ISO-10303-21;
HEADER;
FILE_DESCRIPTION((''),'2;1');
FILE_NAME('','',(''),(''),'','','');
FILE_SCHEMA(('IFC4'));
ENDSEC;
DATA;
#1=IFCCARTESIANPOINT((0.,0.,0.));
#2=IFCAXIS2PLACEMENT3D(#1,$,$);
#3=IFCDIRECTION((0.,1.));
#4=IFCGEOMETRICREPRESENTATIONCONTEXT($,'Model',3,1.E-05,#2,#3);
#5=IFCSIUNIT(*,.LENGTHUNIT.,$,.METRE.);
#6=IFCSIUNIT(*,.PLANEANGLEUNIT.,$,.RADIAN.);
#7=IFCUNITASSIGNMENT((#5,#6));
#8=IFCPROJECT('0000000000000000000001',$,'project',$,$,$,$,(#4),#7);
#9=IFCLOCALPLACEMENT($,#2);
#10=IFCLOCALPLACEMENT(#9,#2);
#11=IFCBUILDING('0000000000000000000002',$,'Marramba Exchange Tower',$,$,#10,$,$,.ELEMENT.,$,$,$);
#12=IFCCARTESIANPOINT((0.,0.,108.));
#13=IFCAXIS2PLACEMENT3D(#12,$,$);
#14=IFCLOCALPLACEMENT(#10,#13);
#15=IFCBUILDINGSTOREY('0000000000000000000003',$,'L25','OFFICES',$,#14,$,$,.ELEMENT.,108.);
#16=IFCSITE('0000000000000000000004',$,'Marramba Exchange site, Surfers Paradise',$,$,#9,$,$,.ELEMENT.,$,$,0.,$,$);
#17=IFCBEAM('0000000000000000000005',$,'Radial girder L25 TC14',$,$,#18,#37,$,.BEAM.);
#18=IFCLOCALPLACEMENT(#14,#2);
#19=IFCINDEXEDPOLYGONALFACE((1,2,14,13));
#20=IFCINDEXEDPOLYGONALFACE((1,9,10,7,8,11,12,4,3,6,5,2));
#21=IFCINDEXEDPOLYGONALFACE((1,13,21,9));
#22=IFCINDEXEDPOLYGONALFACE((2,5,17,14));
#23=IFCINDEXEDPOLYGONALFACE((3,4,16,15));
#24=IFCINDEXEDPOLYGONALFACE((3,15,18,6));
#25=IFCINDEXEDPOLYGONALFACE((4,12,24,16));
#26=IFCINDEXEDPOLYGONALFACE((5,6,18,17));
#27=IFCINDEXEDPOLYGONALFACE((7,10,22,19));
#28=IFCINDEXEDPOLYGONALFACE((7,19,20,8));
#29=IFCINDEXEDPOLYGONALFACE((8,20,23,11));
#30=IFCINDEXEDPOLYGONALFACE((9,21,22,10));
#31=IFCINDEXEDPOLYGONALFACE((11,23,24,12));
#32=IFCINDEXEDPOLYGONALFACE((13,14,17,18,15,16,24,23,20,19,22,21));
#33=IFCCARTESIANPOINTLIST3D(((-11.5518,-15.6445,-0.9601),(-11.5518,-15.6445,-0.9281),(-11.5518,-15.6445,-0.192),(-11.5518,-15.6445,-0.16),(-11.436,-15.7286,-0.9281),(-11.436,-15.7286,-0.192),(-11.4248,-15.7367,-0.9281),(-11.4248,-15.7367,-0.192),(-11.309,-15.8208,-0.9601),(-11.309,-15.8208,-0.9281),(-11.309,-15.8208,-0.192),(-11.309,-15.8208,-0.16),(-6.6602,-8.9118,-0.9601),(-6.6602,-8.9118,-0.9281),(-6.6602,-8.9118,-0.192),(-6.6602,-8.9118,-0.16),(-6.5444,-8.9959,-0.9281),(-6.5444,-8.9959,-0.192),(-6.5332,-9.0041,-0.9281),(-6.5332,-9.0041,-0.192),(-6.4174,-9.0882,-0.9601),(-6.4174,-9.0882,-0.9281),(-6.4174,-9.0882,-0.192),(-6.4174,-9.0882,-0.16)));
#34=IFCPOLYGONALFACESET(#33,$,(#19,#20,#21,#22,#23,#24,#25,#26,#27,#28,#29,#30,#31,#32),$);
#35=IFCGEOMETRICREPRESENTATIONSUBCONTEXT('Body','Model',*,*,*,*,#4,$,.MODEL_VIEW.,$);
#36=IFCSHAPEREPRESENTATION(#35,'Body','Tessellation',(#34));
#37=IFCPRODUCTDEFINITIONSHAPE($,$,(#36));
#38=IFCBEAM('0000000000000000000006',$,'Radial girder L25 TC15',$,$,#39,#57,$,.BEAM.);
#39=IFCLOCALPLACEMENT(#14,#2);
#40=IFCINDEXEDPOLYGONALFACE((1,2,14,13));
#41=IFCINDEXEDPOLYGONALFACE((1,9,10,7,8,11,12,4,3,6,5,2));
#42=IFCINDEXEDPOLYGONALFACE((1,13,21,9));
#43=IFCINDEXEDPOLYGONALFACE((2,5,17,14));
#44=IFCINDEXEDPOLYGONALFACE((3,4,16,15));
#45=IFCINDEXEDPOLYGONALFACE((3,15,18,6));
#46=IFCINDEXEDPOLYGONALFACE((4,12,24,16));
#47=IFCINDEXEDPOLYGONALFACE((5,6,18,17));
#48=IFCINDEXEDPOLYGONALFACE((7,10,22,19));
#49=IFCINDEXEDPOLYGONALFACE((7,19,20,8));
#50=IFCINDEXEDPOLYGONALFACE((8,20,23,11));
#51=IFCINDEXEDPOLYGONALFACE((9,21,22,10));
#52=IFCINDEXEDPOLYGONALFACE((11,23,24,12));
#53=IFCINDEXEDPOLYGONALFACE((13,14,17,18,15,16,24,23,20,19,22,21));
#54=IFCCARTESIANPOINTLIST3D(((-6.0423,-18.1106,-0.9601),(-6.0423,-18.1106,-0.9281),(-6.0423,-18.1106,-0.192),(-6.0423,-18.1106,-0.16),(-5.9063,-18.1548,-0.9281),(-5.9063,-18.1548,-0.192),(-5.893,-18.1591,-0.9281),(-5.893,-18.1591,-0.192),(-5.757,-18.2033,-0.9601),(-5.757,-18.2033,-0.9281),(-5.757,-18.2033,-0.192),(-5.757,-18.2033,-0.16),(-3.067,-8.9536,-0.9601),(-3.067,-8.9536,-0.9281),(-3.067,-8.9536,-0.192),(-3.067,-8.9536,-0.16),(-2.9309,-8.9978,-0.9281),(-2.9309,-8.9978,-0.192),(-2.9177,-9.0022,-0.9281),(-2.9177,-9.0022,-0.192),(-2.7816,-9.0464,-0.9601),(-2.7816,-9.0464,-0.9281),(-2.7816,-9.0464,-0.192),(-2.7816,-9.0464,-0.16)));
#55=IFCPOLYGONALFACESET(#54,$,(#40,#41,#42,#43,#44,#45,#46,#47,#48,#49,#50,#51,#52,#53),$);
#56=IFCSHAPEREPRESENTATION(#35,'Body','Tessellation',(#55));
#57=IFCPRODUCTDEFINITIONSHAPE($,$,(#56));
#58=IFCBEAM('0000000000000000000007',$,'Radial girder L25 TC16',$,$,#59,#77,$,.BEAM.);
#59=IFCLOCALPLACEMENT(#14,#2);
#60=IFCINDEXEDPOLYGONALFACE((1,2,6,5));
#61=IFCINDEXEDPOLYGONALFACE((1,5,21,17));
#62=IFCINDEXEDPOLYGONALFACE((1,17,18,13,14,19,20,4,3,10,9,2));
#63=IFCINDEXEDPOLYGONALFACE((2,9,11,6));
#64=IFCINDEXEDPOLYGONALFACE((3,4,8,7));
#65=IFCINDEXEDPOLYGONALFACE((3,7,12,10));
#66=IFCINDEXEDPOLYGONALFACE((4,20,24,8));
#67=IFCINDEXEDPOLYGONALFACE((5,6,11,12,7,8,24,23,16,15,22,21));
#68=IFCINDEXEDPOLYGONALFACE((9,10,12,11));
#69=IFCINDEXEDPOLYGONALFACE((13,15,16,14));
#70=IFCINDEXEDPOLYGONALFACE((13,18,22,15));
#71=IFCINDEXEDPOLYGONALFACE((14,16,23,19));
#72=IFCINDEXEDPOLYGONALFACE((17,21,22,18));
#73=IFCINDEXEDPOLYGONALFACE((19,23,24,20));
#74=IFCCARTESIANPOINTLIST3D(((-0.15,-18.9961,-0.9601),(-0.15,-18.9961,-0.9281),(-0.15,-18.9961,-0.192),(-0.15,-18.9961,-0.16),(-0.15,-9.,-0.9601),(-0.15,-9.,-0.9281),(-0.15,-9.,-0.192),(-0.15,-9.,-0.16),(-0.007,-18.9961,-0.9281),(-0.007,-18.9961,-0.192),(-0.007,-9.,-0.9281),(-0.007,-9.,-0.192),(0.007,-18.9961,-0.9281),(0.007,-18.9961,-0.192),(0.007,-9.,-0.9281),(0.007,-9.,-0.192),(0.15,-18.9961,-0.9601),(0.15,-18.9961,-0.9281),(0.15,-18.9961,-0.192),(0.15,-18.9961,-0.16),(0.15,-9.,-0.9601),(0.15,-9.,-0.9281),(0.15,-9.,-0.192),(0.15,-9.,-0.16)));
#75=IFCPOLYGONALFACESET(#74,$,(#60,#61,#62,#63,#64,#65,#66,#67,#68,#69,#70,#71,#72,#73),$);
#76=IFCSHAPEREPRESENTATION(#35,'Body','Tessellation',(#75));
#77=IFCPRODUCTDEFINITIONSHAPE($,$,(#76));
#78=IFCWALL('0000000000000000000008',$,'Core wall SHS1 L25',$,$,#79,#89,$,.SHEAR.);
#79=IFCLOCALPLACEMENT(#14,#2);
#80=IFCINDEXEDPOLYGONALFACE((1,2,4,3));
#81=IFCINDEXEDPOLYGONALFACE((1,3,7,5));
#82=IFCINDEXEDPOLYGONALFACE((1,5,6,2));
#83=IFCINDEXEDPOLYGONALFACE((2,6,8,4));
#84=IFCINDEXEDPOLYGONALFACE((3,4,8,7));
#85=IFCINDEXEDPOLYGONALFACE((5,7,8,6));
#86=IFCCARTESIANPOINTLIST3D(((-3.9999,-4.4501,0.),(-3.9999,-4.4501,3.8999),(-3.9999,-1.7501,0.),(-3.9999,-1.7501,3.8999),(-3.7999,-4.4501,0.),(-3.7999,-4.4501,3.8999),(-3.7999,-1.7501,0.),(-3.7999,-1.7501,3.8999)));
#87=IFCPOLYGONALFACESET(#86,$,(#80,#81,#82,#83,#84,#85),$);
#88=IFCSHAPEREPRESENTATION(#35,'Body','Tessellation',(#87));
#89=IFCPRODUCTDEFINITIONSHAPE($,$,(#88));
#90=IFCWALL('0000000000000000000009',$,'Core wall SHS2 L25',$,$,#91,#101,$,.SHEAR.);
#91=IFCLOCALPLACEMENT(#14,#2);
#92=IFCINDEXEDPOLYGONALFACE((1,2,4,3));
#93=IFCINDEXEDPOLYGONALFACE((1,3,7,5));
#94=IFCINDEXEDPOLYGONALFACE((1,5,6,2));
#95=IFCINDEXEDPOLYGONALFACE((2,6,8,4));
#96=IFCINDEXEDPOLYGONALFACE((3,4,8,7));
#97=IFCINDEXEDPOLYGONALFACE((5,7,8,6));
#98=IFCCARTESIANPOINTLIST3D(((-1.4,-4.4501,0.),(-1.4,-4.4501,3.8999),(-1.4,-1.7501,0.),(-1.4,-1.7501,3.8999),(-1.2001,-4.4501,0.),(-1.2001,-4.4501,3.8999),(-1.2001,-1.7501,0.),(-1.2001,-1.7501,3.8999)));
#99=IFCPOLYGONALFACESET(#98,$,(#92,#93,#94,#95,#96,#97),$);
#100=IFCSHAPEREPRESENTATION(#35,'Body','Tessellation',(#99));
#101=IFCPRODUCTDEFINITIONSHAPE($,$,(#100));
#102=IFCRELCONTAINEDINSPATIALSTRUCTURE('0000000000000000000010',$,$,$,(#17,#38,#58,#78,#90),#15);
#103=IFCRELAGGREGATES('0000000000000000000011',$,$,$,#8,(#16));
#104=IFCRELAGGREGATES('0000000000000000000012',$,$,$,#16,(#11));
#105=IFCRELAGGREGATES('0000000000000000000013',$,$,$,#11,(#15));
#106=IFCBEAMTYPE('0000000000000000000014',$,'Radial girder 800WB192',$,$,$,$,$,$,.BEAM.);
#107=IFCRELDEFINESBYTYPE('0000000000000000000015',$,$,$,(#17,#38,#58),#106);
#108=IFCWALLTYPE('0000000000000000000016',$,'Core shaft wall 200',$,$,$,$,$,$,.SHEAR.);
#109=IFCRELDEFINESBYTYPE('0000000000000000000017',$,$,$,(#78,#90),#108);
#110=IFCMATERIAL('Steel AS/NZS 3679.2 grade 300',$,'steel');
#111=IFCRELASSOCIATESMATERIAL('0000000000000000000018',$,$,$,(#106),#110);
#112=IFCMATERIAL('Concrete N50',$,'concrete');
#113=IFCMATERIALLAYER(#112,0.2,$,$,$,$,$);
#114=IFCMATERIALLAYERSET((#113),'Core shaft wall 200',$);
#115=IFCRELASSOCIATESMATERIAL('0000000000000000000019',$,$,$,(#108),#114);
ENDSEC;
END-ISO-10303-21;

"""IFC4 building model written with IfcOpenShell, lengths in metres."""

from ifc_helpers import new_model, si_unit, direction, frame, frame_2d, origin, origin_2d, place, context, subcontext, project, spatial, rectangle, i_section, extrude, material, layer, layer_set, material_profile, profile_set, type_object, element, save


model = new_model("IFC4")

# Units and contexts
model_context = context("Model", 3, precision=1e-05, world=origin(), true_north=direction((0.0, 1.0)))
body_context = subcontext(model_context, "Body", "Model", "MODEL_VIEW")
ifc_project = project(units=[si_unit("LENGTHUNIT", "METRE"), si_unit("PLANEANGLEUNIT", "RADIAN")], contexts=[model_context])

# Site, building, storey
site_placement = place(None, origin())
site = spatial("IfcSite", under=ifc_project, at=site_placement, Name="Marramba Exchange site, Surfers Paradise", CompositionType="ELEMENT", RefElevation=0.0)
building_placement = place(site_placement, origin())
building = spatial("IfcBuilding", under=site, at=building_placement, Name="Marramba Exchange Tower", CompositionType="ELEMENT")
storey_placement = place(building_placement, frame((0.0, 0.0, 108.0)))
storey = spatial("IfcBuildingStorey", under=building, at=storey_placement, Name="L25", Description="OFFICES", CompositionType="ELEMENT", Elevation=108.0)

# Beams
ifc_material_1 = material(Name="Steel AS/NZS 3679.2 grade 300", Category="steel")
ifc_material_profile = material_profile(ifc_material_1, i_section(OverallWidth=0.3, OverallDepth=0.8, WebThickness=0.0139, FlangeThickness=0.032, at=origin_2d()), Name="800WB192")
ifc_profile_set = profile_set([ifc_material_profile], Name="Steel AS/NZS 3679.2 grade 300")
beam_type = type_object("IfcBeamType", Name="Radial girder 800WB192", PredefinedType="BEAM", material=ifc_profile_set)
beam_1_placement = place(storey_placement, frame((-6.5388, -9.0, -0.5601), z_axis=(-0.587788, -0.809015, 0.0), x_axis=(0.809015, -0.587788, 0.0)))
element("IfcBeam", 1, at=beam_1_placement, inside=storey, type_object=beam_type, Name="Radial girder L25 TC14", PredefinedType="BEAM", context=body_context, shape_type="SweptSolid", body=[
    extrude(i_section(OverallWidth=0.3, OverallDepth=0.8, WebThickness=0.0139, FlangeThickness=0.032, at=origin_2d()), origin(), (0.0, 0.0, 1.0), 8.322),
])
beam_2_placement = place(storey_placement, frame((-2.9243, -9.0, -0.5601), z_axis=(-0.309022, -0.951055, 0.0), x_axis=(0.951055, -0.309022, 0.0)))
element("IfcBeam", 2, at=beam_2_placement, inside=storey, type_object=beam_type, Name="Radial girder L25 TC15", PredefinedType="BEAM", context=body_context, shape_type="SweptSolid", body=[
    extrude(i_section(OverallWidth=0.3, OverallDepth=0.8, WebThickness=0.0139, FlangeThickness=0.032, at=origin_2d()), origin(), (0.0, 0.0, 1.0), 9.6282),
])
beam_3_placement = place(storey_placement, frame((0.0, -9.0, -0.5601), z_axis=(0.0, -1.0, 0.0), x_axis=(1.0, 0.0, 0.0)))
element("IfcBeam", 3, at=beam_3_placement, inside=storey, type_object=beam_type, Name="Radial girder L25 TC16", PredefinedType="BEAM", context=body_context, shape_type="SweptSolid", body=[
    extrude(i_section(OverallWidth=0.3, OverallDepth=0.8, WebThickness=0.0139, FlangeThickness=0.032, at=origin_2d()), origin(), (0.0, 0.0, 1.0), 9.9961),
])

# Walls
ifc_material_2 = material(Name="Concrete N50", Category="concrete")
ifc_layer_1 = layer(ifc_material_2, 0.2)
ifc_layer_set_1 = layer_set([ifc_layer_1], Name="Core shaft wall 200")
wall_type_1 = type_object("IfcWallType", Name="Core shaft wall 200", PredefinedType="SHEAR", material=ifc_layer_set_1)
for number, where, z_axis, x_axis, name in (
    (4, (-3.8999, -1.75, 0.0), (0.0, 0.0, 1.0), (0.0, -1.0, 0.0), "Core wall SHS1 L25"),
    (5, (-1.3, -1.75, 0.0), (0.0, 0.0, 1.0), (0.0, -1.0, 0.0), "Core wall SHS2 L25"),
):
    element("IfcWall", number, at=place(storey_placement, frame(where, z_axis=z_axis, x_axis=x_axis)), inside=storey, type_object=wall_type_1, Name=name, PredefinedType="SHEAR", context=body_context, shape_type="SweptSolid", body=[
        extrude(rectangle(XDim=2.7, YDim=0.2, at=frame_2d((1.3501, 0.0))), origin(), (0.0, 0.0, 1.0), 3.8999),
    ])

save(model, "model.ifc")
